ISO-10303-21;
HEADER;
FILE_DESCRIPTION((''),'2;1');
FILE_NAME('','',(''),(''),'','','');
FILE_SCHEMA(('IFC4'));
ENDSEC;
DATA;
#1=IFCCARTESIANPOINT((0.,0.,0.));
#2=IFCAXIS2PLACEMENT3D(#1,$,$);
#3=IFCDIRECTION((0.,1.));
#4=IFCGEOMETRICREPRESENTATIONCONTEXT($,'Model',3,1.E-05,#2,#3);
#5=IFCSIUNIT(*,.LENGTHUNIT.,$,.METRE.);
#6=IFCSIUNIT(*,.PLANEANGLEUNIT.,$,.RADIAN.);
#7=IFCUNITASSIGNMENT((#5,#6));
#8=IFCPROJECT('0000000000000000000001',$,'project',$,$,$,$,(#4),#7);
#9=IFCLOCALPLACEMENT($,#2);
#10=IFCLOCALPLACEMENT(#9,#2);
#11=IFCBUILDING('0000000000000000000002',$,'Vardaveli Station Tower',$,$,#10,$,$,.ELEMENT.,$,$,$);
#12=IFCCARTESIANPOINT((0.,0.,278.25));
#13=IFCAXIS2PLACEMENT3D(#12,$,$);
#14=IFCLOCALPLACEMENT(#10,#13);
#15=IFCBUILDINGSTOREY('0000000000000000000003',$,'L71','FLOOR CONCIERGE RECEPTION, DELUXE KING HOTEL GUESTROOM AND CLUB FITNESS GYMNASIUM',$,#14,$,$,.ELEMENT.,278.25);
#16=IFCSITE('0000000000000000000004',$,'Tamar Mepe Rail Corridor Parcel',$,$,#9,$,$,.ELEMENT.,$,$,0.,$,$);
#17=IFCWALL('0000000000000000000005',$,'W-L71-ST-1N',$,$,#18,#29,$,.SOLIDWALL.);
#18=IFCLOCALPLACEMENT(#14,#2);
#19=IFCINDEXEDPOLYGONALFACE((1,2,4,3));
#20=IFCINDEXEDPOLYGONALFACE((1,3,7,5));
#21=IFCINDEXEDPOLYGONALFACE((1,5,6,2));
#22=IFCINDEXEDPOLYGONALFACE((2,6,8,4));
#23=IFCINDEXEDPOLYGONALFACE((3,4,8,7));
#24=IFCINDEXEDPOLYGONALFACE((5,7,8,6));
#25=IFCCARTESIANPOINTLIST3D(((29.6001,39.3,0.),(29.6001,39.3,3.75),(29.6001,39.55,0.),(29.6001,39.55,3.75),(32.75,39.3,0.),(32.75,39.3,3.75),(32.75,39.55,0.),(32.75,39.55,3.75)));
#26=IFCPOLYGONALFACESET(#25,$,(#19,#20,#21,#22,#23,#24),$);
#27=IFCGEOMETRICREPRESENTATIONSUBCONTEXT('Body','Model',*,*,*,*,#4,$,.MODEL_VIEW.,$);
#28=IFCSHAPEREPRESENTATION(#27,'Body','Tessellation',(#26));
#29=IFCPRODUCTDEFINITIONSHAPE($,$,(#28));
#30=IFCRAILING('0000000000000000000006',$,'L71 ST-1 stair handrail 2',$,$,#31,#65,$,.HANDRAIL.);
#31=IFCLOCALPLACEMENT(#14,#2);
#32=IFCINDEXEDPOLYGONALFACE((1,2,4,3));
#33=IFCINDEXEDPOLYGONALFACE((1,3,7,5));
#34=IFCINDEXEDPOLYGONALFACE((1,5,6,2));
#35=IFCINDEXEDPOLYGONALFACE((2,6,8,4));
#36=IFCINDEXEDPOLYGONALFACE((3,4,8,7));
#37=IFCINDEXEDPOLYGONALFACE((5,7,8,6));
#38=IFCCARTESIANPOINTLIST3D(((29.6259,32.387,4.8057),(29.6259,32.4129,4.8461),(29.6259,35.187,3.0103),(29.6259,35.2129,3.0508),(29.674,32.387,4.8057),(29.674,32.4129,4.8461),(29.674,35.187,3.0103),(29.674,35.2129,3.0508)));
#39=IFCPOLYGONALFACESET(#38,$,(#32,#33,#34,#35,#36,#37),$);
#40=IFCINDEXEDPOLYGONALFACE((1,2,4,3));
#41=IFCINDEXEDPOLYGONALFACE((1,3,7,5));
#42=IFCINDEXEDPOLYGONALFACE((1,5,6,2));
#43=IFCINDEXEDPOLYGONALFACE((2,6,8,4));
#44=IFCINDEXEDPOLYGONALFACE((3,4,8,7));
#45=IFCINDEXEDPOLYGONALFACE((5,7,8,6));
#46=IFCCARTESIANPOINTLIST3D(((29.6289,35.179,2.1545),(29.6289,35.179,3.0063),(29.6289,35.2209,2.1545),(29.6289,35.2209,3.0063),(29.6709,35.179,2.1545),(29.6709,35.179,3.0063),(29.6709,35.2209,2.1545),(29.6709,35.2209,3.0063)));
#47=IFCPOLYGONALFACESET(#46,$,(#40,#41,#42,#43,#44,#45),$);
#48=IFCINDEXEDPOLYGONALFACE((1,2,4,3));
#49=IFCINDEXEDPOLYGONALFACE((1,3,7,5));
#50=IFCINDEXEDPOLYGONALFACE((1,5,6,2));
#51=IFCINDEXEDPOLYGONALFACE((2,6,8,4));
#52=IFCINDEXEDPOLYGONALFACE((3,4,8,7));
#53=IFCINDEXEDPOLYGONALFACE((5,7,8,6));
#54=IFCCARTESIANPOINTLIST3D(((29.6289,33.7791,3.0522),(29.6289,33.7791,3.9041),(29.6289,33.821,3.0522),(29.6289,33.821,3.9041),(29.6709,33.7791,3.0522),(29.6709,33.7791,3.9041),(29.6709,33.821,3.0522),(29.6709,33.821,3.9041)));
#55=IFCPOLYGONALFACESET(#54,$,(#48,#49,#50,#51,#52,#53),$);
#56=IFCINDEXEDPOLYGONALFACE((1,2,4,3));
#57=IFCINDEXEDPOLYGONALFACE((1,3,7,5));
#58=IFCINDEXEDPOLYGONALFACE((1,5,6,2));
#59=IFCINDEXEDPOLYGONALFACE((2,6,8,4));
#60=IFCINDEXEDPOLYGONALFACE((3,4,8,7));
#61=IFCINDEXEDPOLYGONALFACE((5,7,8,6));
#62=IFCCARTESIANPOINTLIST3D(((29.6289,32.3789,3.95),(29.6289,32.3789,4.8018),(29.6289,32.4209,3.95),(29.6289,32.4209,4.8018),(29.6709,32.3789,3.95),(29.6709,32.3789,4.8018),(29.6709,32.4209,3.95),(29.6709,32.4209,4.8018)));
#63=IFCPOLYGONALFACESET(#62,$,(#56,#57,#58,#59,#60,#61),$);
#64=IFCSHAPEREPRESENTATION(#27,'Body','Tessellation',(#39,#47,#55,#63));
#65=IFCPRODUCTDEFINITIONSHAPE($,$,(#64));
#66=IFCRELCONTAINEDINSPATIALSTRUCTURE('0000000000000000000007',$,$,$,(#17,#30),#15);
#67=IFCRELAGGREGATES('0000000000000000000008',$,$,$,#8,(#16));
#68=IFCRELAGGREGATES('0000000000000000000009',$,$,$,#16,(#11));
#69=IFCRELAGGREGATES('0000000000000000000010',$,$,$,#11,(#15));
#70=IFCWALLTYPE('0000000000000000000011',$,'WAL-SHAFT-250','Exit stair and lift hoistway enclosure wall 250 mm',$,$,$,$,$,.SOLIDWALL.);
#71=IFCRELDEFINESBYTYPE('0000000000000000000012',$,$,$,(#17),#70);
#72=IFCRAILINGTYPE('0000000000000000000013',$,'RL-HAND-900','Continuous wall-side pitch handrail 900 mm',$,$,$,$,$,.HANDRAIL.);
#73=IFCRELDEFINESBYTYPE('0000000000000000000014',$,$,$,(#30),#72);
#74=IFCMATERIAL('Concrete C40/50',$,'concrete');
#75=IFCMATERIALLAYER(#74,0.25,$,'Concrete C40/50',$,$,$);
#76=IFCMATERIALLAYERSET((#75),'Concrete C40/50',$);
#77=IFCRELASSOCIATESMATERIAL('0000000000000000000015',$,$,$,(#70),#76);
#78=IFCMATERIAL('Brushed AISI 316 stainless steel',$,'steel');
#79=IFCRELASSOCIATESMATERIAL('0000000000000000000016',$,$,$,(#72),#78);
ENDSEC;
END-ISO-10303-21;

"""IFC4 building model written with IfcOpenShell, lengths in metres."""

from ifc_helpers import new_model, si_unit, direction, frame, frame_2d, origin, origin_2d, place, context, subcontext, project, spatial, rectangle, extrude, source, transform, mapped, material, layer, layer_set, type_object, element, save


model = new_model("IFC4")

# Units and contexts
model_context = context("Model", 3, precision=1e-05, world=origin(), true_north=direction((0.0, 1.0)))
body_context = subcontext(model_context, "Body", "Model", "MODEL_VIEW")
ifc_project = project(units=[si_unit("LENGTHUNIT", "METRE"), si_unit("PLANEANGLEUNIT", "RADIAN")], contexts=[model_context])

# Site, building, storey
site_placement = place(None, origin())
site = spatial("IfcSite", under=ifc_project, at=site_placement, Name="Tamar Mepe Rail Corridor Parcel", CompositionType="ELEMENT", RefElevation=0.0)
building_placement = place(site_placement, origin())
building = spatial("IfcBuilding", under=site, at=building_placement, Name="Vardaveli Station Tower", CompositionType="ELEMENT")
storey_placement = place(building_placement, frame((0.0, 0.0, 278.25)))
storey = spatial("IfcBuildingStorey", under=building, at=storey_placement, Name="L71", Description="FLOOR CONCIERGE RECEPTION, DELUXE KING HOTEL GUESTROOM AND CLUB FITNESS GYMNASIUM", CompositionType="ELEMENT", Elevation=278.25)

# Wall
ifc_material_1 = material(Name="Concrete C40/50", Category="concrete")
ifc_layer_1 = layer(ifc_material_1, 0.25, Name="Concrete C40/50")
ifc_layer_set_1 = layer_set([ifc_layer_1], Name="Concrete C40/50")
wall_type_1 = type_object("IfcWallType", Name="WAL-SHAFT-250", Description="Exit stair and lift hoistway enclosure wall 250 mm", PredefinedType="SOLIDWALL", material=ifc_layer_set_1)
shared_shape_1 = source(origin(), body_context, "Body", "SweptSolid", [
    extrude(rectangle(XDim=3.1499, YDim=0.25, at=frame_2d((1.575, 0.0))), origin(), (0.0, 0.0, 1.0), 3.75),
])
wall_1_placement = place(storey_placement, frame((29.6001, 39.425, 0.0), z_axis=(0.0, 0.0, 1.0), x_axis=(1.0, 0.0, 0.0)))
element("IfcWall", 1, at=wall_1_placement, inside=storey, type_object=wall_type_1, Name="W-L71-ST-1N", PredefinedType="SOLIDWALL", context=body_context, shape_type="MappedRepresentation", body=[
    mapped(shared_shape_1, transform((0.0, 0.0, 0.0), scale=1.0)),
])

# Railing
ifc_material_2 = material(Name="Brushed AISI 316 stainless steel", Category="steel")
railing_type = type_object("IfcRailingType", Name="RL-HAND-900", Description="Continuous wall-side pitch handrail 900 mm", PredefinedType="HANDRAIL", material=ifc_material_2)
shared_shape_2 = source(origin(), body_context, "Body", "SweptSolid", [
    extrude(rectangle(XDim=0.0481, YDim=0.0481, at=origin_2d()), frame((0.0, 0.0, 0.876), z_axis=(0.0, -0.84181, 0.539774), x_axis=(1.0, 0.0, 0.0)), (0.0, 0.0, 1.0), 3.3262),
    extrude(rectangle(XDim=0.042, YDim=0.042, at=origin_2d()), origin(), (0.0, 0.0, 1.0), 0.8518),
    extrude(rectangle(XDim=0.042, YDim=0.042, at=origin_2d()), frame((0.0, -1.3999, 0.8977)), (0.0, 0.0, 1.0), 0.8518),
    extrude(rectangle(XDim=0.042, YDim=0.042, at=origin_2d()), frame((0.0, -2.8, 1.7954)), (0.0, 0.0, 1.0), 0.8518),
])
railing_placement = place(storey_placement, frame((29.6499, 35.2, 2.1545)))
element("IfcRailing", 2, at=railing_placement, inside=storey, type_object=railing_type, Name="L71 ST-1 stair handrail 2", PredefinedType="HANDRAIL", context=body_context, shape_type="MappedRepresentation", body=[
    mapped(shared_shape_2, transform((0.0, 0.0, 0.0), scale=1.0)),
])

save(model, "model.ifc")
